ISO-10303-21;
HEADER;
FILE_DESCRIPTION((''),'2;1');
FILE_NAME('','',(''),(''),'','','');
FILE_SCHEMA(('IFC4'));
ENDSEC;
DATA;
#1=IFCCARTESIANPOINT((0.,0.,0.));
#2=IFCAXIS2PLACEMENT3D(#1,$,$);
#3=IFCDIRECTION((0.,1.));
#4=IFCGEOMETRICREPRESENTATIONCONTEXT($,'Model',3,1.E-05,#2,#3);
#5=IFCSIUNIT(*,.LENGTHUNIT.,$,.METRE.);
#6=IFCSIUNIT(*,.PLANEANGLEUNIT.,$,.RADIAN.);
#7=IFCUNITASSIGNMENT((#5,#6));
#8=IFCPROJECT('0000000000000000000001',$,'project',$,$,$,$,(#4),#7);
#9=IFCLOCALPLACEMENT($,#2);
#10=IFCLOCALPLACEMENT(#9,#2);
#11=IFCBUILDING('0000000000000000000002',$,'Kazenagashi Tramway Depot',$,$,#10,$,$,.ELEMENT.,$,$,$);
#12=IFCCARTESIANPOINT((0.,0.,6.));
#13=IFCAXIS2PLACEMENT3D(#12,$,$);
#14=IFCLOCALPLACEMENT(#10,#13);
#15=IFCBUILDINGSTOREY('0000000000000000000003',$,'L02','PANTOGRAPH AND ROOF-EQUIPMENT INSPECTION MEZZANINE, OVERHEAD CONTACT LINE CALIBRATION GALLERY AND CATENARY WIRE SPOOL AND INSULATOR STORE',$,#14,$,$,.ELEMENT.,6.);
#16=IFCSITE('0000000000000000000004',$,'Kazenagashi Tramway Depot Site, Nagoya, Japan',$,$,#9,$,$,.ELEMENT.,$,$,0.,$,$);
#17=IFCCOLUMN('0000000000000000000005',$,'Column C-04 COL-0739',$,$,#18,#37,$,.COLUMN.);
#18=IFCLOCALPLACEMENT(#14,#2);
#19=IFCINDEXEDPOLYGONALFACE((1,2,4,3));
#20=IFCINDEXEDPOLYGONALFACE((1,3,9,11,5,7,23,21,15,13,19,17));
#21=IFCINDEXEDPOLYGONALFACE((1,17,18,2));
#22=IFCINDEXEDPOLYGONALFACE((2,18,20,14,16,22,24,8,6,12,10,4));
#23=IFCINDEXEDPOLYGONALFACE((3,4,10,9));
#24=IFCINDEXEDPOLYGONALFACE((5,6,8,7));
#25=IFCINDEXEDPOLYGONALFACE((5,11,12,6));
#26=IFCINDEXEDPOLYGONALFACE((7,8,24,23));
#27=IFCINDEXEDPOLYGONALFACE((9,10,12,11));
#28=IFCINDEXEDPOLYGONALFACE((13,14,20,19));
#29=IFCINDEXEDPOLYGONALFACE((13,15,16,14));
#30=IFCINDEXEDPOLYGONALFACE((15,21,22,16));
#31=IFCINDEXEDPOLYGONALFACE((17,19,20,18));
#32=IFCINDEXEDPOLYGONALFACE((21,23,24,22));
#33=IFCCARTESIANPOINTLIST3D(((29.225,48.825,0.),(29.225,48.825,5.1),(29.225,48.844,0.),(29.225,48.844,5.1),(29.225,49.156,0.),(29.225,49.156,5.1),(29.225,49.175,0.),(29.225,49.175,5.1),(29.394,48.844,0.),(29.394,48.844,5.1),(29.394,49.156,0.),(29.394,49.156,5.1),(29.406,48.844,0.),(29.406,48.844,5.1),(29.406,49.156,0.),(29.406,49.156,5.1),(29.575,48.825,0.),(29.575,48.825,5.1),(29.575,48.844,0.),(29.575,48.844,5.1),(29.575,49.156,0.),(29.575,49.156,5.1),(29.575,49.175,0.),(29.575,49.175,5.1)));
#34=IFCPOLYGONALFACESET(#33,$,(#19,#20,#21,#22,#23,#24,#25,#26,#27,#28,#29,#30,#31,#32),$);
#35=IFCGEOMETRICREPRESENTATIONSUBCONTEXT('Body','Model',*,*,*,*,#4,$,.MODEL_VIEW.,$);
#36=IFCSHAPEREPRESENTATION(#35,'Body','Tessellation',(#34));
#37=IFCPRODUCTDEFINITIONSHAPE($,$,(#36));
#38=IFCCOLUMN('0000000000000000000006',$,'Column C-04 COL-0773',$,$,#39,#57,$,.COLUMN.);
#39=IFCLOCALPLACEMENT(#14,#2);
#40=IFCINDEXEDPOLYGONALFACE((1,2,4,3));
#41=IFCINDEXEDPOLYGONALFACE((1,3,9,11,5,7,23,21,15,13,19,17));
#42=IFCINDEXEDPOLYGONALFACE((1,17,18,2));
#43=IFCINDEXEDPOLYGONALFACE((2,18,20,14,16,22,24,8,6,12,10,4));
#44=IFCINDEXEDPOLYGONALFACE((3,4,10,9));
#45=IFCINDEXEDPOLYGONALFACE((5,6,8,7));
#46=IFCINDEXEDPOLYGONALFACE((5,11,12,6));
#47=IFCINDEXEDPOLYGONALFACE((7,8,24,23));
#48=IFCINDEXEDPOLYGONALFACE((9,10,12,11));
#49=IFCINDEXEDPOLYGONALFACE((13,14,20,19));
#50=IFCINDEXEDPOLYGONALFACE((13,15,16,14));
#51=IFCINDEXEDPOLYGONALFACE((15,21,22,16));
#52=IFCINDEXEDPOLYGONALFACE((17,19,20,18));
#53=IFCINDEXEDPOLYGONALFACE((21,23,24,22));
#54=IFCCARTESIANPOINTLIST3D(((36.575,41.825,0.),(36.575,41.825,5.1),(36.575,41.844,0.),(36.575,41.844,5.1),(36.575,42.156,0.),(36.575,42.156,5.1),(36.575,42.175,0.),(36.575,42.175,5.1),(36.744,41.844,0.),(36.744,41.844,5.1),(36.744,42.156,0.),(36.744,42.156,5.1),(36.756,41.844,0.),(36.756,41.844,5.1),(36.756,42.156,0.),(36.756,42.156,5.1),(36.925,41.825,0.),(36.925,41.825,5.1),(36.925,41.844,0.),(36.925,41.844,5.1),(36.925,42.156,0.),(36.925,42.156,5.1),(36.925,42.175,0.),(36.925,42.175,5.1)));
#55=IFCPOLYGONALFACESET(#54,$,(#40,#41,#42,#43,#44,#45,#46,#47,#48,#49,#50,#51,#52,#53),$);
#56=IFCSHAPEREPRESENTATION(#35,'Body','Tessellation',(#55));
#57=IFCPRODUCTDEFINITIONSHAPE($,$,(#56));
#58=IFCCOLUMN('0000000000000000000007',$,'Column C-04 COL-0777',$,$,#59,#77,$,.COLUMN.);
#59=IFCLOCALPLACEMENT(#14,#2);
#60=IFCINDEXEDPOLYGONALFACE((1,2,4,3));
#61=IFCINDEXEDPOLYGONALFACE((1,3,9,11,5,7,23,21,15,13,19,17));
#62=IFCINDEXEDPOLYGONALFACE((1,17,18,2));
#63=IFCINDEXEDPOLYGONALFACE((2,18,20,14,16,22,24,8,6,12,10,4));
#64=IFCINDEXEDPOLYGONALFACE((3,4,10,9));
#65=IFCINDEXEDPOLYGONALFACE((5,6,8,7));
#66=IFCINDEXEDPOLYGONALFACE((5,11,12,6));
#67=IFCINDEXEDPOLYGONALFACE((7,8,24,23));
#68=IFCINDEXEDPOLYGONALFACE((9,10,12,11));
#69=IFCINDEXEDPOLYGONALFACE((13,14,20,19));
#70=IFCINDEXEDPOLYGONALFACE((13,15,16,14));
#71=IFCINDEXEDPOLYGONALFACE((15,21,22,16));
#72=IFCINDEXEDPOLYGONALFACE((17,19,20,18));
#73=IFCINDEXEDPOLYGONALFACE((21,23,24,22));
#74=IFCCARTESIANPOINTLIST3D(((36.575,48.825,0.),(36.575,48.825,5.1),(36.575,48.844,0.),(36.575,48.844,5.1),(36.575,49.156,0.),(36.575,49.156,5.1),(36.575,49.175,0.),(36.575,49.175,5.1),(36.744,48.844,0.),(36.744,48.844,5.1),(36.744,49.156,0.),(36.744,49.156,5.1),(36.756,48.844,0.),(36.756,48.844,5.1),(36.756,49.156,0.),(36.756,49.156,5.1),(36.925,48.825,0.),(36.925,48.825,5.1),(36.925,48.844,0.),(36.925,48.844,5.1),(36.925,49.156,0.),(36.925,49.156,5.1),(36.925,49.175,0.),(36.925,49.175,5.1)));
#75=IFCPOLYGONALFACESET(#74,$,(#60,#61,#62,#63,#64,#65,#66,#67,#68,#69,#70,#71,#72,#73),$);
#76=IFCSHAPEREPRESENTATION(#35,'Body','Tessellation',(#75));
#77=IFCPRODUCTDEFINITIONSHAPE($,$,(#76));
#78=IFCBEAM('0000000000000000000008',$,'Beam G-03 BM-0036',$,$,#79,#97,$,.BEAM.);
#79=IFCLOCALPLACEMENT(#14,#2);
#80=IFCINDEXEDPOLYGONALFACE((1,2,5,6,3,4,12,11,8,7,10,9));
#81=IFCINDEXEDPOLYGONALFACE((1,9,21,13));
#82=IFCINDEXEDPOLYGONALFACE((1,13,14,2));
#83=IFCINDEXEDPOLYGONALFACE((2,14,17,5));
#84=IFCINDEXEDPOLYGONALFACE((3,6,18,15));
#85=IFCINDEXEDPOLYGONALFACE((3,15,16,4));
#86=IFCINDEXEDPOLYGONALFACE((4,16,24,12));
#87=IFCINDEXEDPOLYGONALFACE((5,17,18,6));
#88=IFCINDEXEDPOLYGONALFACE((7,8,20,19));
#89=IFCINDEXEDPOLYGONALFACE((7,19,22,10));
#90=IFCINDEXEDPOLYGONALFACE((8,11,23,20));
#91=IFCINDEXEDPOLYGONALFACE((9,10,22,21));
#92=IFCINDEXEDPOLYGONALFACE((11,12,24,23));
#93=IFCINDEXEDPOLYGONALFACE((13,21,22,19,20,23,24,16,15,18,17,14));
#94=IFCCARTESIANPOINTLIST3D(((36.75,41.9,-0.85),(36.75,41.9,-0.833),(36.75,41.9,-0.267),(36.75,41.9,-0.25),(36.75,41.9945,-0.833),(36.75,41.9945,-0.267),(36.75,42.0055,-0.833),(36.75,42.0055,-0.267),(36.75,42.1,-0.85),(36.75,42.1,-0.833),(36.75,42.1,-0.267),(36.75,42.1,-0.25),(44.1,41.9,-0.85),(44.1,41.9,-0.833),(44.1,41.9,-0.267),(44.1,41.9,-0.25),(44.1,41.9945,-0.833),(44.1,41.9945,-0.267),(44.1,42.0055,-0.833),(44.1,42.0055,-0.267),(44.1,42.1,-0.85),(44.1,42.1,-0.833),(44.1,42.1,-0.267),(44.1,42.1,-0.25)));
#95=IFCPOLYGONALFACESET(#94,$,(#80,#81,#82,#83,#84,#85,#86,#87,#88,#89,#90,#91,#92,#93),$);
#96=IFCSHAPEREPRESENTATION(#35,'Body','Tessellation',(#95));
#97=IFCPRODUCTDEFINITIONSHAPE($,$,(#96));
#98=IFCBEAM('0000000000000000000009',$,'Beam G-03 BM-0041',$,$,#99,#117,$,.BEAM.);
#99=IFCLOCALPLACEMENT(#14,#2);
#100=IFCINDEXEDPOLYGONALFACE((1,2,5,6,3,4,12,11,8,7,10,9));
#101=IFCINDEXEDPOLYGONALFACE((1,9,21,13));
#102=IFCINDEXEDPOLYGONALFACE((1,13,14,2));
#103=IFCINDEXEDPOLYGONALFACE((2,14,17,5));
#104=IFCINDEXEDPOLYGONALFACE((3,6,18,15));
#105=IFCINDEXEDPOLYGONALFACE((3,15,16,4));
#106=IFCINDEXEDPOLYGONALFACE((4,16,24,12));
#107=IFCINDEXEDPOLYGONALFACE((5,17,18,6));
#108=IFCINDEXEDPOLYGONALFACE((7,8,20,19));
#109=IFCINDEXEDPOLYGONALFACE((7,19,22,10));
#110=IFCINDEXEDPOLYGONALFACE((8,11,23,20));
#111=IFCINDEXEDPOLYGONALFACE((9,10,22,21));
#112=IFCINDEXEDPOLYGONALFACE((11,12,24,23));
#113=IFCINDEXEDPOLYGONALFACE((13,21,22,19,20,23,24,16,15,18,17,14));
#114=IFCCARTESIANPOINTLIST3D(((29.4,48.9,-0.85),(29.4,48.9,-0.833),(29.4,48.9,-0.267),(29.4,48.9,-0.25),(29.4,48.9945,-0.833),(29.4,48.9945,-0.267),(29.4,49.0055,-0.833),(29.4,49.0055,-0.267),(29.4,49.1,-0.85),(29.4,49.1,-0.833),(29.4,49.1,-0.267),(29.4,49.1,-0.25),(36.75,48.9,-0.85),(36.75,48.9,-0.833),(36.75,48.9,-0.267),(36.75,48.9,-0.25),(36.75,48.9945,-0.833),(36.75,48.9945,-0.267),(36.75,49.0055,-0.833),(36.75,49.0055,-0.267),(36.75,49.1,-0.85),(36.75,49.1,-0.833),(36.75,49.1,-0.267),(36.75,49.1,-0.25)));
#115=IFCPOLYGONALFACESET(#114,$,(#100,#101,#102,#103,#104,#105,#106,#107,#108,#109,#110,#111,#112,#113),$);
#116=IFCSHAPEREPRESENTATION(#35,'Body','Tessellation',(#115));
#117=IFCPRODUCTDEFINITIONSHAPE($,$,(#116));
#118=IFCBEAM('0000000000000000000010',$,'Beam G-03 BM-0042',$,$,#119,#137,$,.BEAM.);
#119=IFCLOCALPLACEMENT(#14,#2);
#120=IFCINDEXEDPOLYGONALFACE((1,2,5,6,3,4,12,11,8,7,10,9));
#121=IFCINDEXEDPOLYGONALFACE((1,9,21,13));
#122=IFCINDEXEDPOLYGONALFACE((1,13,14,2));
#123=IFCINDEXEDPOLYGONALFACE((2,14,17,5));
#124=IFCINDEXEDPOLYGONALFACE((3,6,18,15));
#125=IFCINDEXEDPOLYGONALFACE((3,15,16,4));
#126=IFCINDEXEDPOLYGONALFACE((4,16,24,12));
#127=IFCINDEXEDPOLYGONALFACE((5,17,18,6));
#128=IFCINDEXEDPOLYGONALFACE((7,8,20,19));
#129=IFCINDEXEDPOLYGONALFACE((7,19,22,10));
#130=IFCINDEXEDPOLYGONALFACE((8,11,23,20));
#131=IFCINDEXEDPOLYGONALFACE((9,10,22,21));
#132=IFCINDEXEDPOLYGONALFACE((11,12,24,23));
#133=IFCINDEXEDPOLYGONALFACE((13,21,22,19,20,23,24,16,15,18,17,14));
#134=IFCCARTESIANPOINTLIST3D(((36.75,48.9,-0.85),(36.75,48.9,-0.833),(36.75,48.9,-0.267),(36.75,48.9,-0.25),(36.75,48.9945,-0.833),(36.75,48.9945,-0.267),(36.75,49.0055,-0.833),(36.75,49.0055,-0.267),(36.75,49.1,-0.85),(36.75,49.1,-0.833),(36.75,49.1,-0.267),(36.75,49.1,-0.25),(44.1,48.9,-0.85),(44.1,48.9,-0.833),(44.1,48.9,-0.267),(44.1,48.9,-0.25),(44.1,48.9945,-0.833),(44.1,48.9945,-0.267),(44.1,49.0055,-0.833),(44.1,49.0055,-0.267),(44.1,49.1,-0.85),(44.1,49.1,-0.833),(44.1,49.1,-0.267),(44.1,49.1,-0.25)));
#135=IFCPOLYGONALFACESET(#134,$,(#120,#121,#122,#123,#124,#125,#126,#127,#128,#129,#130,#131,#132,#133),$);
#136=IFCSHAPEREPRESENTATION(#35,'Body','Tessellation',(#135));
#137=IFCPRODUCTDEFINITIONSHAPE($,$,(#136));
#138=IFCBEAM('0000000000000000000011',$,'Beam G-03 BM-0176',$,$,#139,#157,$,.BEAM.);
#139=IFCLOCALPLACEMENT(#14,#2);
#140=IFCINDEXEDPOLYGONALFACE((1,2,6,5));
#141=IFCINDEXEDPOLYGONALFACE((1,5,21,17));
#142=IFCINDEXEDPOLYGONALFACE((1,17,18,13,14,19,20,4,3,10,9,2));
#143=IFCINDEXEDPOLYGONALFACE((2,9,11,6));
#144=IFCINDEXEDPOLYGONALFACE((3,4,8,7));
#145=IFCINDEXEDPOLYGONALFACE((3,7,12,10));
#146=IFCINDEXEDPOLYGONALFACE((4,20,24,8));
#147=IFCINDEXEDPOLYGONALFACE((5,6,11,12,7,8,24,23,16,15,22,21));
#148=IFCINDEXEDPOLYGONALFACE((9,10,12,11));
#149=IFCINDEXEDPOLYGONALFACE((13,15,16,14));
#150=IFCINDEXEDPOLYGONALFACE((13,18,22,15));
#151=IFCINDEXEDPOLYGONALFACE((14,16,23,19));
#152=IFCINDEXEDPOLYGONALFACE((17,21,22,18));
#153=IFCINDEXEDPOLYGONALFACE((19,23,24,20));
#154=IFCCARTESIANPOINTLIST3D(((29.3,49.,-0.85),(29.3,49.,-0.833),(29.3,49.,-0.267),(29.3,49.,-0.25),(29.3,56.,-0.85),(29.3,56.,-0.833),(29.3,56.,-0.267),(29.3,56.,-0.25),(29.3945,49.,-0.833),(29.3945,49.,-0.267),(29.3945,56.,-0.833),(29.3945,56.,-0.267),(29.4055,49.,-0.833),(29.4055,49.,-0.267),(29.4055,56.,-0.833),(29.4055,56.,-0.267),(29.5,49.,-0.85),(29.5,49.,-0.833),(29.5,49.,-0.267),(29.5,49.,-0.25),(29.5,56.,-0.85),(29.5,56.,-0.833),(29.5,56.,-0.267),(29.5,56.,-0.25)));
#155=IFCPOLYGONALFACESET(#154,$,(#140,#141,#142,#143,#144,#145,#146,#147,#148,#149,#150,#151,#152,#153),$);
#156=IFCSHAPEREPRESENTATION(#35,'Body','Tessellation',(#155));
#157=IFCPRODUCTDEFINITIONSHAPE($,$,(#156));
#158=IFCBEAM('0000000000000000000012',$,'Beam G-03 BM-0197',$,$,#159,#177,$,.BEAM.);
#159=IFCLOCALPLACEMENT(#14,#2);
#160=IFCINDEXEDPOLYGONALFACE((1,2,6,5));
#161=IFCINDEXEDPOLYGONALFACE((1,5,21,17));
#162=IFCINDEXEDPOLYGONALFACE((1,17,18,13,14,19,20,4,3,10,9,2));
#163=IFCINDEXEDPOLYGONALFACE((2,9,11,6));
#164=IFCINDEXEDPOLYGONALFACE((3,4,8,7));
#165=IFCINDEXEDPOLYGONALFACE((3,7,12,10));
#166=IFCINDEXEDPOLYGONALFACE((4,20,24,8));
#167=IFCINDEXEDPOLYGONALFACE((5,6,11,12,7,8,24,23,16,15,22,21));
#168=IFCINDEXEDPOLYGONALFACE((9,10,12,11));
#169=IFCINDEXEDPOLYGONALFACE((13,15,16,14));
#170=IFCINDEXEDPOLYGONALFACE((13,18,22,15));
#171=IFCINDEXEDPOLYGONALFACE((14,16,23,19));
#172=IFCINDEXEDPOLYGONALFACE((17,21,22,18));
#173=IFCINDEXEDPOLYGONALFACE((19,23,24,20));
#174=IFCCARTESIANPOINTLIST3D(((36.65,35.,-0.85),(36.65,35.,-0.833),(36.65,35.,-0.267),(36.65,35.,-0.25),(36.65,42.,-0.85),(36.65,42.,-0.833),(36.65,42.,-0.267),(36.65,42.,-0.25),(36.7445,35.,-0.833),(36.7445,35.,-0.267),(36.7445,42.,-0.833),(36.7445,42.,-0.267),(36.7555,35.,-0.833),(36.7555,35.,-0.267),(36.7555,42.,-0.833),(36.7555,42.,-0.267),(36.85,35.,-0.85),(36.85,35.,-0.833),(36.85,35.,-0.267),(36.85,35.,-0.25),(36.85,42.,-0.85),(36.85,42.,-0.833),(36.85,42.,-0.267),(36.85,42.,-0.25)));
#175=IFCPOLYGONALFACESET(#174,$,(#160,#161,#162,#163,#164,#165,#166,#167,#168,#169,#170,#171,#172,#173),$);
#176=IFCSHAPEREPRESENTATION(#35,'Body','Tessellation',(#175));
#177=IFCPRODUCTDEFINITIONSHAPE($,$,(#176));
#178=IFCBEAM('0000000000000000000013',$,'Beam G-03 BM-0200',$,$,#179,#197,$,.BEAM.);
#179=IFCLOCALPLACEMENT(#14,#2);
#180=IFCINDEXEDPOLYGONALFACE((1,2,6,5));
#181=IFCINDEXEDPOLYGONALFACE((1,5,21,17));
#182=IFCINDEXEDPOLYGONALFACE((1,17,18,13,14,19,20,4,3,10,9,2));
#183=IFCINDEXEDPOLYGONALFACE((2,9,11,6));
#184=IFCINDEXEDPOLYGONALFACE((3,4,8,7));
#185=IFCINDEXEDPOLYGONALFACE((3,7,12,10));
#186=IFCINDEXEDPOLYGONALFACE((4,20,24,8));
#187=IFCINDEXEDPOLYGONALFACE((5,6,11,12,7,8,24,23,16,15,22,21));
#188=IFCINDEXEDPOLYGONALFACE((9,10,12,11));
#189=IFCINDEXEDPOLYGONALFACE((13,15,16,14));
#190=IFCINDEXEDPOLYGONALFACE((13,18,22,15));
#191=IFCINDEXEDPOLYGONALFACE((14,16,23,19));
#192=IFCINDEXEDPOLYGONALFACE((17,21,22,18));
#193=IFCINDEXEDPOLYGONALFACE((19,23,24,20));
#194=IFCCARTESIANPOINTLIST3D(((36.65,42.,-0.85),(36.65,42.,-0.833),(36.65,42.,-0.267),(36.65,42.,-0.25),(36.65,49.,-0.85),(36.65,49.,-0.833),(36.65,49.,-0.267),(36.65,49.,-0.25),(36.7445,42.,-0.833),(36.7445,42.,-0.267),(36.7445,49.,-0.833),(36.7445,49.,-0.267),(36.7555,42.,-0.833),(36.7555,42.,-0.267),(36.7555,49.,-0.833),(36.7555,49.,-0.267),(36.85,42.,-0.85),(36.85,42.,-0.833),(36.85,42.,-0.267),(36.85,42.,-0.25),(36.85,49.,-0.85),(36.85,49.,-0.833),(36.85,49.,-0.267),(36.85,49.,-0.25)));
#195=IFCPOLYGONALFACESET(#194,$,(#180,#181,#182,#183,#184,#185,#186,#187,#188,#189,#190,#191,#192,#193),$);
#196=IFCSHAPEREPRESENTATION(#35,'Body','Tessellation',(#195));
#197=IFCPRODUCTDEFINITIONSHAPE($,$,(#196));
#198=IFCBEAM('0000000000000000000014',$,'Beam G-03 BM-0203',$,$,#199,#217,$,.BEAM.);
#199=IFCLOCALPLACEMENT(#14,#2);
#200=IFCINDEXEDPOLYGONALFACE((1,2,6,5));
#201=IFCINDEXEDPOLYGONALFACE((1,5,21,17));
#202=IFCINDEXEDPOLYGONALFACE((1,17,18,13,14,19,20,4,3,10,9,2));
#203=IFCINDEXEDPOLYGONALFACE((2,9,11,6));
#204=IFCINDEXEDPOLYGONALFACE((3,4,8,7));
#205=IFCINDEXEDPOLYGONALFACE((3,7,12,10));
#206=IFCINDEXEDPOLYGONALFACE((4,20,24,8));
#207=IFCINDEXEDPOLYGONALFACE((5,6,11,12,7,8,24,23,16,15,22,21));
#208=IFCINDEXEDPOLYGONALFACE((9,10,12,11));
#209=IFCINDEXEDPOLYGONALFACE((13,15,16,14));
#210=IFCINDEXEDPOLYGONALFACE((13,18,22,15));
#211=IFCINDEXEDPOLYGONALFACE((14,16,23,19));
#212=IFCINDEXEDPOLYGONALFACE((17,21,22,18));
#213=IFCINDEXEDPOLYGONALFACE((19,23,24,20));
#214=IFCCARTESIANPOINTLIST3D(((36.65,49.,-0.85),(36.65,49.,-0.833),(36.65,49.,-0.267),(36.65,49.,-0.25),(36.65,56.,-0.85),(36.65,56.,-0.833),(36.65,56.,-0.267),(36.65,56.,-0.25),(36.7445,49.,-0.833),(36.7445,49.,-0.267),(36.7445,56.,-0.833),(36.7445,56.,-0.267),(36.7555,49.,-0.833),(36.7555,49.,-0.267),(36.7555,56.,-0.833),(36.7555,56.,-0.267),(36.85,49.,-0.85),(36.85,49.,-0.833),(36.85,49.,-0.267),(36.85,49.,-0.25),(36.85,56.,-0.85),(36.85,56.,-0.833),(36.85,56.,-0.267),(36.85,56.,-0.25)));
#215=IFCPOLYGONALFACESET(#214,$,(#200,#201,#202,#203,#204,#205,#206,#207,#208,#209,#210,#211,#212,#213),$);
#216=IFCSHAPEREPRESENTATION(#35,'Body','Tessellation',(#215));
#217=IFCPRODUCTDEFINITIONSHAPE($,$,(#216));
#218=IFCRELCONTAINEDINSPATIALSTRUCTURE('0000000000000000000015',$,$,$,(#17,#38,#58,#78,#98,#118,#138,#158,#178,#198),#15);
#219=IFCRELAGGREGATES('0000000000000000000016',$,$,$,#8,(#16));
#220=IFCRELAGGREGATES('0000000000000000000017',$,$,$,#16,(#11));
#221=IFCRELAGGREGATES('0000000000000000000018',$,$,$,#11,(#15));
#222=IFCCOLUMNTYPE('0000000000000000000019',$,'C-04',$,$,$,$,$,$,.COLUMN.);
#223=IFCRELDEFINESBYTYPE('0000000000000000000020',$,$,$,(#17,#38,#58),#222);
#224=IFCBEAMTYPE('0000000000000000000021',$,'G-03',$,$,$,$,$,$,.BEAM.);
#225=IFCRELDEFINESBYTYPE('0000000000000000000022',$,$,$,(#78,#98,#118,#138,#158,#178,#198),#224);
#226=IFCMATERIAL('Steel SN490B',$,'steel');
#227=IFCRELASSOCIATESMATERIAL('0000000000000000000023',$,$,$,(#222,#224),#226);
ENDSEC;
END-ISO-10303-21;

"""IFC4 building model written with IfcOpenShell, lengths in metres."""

from ifc_helpers import new_model, si_unit, direction, frame, origin, origin_2d, place, context, subcontext, project, spatial, i_section, extrude, material, material_profile, profile_set, type_object, element, save


model = new_model("IFC4")

# Units and contexts
model_context = context("Model", 3, precision=1e-05, world=origin(), true_north=direction((0.0, 1.0)))
body_context = subcontext(model_context, "Body", "Model", "MODEL_VIEW")
ifc_project = project(units=[si_unit("LENGTHUNIT", "METRE"), si_unit("PLANEANGLEUNIT", "RADIAN")], contexts=[model_context])

# Site, building, storey
site_placement = place(None, origin())
site = spatial("IfcSite", under=ifc_project, at=site_placement, Name="Kazenagashi Tramway Depot Site, Nagoya, Japan", CompositionType="ELEMENT", RefElevation=0.0)
building_placement = place(site_placement, origin())
building = spatial("IfcBuilding", under=site, at=building_placement, Name="Kazenagashi Tramway Depot", CompositionType="ELEMENT")
storey_placement = place(building_placement, frame((0.0, 0.0, 6.0)))
storey = spatial("IfcBuildingStorey", under=building, at=storey_placement, Name="L02", Description="PANTOGRAPH AND ROOF-EQUIPMENT INSPECTION MEZZANINE, OVERHEAD CONTACT LINE CALIBRATION GALLERY AND CATENARY WIRE SPOOL AND INSULATOR STORE", CompositionType="ELEMENT", Elevation=6.0)

# Columns
ifc_material_1 = material(Name="Steel SN490B", Category="steel")
ifc_material_profile_1 = material_profile(ifc_material_1, i_section(OverallWidth=0.35, OverallDepth=0.35, WebThickness=0.012, FlangeThickness=0.019, at=origin_2d()), Name="H-350x350x12x19")
ifc_profile_set_1 = profile_set([ifc_material_profile_1], Name="Steel SN490B")
column_type = type_object("IfcColumnType", Name="C-04", PredefinedType="COLUMN", material=ifc_profile_set_1)
for number, where, z_axis, x_axis, name in (
    (1, (29.4, 49.0, 0.0), (0.0, 0.0, 1.0), (1.0, 0.0, 0.0), "Column C-04 COL-0739"),
    (2, (36.75, 42.0, 0.0), (0.0, 0.0, 1.0), (1.0, 0.0, 0.0), "Column C-04 COL-0773"),
    (3, (36.75, 49.0, 0.0), (0.0, 0.0, 1.0), (1.0, 0.0, 0.0), "Column C-04 COL-0777"),
):
    element("IfcColumn", number, at=place(storey_placement, frame(where, z_axis=z_axis, x_axis=x_axis)), inside=storey, type_object=column_type, Name=name, PredefinedType="COLUMN", context=body_context, shape_type="SweptSolid", body=[
        extrude(i_section(OverallWidth=0.35, OverallDepth=0.35, WebThickness=0.012, FlangeThickness=0.019, at=origin_2d()), origin(), (0.0, 0.0, 1.0), 5.1),
    ])

# Beams
ifc_material_profile_2 = material_profile(ifc_material_1, i_section(OverallWidth=0.2, OverallDepth=0.6, WebThickness=0.011, FlangeThickness=0.017, at=origin_2d()), Name="H-600x200x11x17")
ifc_profile_set_2 = profile_set([ifc_material_profile_2], Name="Steel SN490B")
beam_type_1 = type_object("IfcBeamType", Name="G-03", PredefinedType="BEAM", material=ifc_profile_set_2)
for number, where, z_axis, x_axis, name in (
    (4, (36.75, 42.0, -0.55), (1.0, 0.0, 0.0), (0.0, 1.0, 0.0), "Beam G-03 BM-0036"),
    (5, (29.4, 49.0, -0.55), (1.0, 0.0, 0.0), (0.0, 1.0, 0.0), "Beam G-03 BM-0041"),
    (6, (36.75, 49.0, -0.55), (1.0, 0.0, 0.0), (0.0, 1.0, 0.0), "Beam G-03 BM-0042"),
):
    element("IfcBeam", number, at=place(storey_placement, frame(where, z_axis=z_axis, x_axis=x_axis)), inside=storey, type_object=beam_type_1, Name=name, PredefinedType="BEAM", context=body_context, shape_type="SweptSolid", body=[
        extrude(i_section(OverallWidth=0.2, OverallDepth=0.6, WebThickness=0.011, FlangeThickness=0.017, at=origin_2d()), origin(), (0.0, 0.0, 1.0), 7.35),
    ])
for number, where, z_axis, x_axis, name in (
    (7, (29.4, 49.0, -0.55), (0.0, 1.0, 0.0), (-1.0, 0.0, 0.0), "Beam G-03 BM-0176"),
    (8, (36.75, 35.0, -0.55), (0.0, 1.0, 0.0), (-1.0, 0.0, 0.0), "Beam G-03 BM-0197"),
    (9, (36.75, 42.0, -0.55), (0.0, 1.0, 0.0), (-1.0, 0.0, 0.0), "Beam G-03 BM-0200"),
    (10, (36.75, 49.0, -0.55), (0.0, 1.0, 0.0), (-1.0, 0.0, 0.0), "Beam G-03 BM-0203"),
):
    element("IfcBeam", number, at=place(storey_placement, frame(where, z_axis=z_axis, x_axis=x_axis)), inside=storey, type_object=beam_type_1, Name=name, PredefinedType="BEAM", context=body_context, shape_type="SweptSolid", body=[
        extrude(i_section(OverallWidth=0.2, OverallDepth=0.6, WebThickness=0.011, FlangeThickness=0.017, at=origin_2d()), origin(), (0.0, 0.0, 1.0), 7.0),
    ])

save(model, "model.ifc")
